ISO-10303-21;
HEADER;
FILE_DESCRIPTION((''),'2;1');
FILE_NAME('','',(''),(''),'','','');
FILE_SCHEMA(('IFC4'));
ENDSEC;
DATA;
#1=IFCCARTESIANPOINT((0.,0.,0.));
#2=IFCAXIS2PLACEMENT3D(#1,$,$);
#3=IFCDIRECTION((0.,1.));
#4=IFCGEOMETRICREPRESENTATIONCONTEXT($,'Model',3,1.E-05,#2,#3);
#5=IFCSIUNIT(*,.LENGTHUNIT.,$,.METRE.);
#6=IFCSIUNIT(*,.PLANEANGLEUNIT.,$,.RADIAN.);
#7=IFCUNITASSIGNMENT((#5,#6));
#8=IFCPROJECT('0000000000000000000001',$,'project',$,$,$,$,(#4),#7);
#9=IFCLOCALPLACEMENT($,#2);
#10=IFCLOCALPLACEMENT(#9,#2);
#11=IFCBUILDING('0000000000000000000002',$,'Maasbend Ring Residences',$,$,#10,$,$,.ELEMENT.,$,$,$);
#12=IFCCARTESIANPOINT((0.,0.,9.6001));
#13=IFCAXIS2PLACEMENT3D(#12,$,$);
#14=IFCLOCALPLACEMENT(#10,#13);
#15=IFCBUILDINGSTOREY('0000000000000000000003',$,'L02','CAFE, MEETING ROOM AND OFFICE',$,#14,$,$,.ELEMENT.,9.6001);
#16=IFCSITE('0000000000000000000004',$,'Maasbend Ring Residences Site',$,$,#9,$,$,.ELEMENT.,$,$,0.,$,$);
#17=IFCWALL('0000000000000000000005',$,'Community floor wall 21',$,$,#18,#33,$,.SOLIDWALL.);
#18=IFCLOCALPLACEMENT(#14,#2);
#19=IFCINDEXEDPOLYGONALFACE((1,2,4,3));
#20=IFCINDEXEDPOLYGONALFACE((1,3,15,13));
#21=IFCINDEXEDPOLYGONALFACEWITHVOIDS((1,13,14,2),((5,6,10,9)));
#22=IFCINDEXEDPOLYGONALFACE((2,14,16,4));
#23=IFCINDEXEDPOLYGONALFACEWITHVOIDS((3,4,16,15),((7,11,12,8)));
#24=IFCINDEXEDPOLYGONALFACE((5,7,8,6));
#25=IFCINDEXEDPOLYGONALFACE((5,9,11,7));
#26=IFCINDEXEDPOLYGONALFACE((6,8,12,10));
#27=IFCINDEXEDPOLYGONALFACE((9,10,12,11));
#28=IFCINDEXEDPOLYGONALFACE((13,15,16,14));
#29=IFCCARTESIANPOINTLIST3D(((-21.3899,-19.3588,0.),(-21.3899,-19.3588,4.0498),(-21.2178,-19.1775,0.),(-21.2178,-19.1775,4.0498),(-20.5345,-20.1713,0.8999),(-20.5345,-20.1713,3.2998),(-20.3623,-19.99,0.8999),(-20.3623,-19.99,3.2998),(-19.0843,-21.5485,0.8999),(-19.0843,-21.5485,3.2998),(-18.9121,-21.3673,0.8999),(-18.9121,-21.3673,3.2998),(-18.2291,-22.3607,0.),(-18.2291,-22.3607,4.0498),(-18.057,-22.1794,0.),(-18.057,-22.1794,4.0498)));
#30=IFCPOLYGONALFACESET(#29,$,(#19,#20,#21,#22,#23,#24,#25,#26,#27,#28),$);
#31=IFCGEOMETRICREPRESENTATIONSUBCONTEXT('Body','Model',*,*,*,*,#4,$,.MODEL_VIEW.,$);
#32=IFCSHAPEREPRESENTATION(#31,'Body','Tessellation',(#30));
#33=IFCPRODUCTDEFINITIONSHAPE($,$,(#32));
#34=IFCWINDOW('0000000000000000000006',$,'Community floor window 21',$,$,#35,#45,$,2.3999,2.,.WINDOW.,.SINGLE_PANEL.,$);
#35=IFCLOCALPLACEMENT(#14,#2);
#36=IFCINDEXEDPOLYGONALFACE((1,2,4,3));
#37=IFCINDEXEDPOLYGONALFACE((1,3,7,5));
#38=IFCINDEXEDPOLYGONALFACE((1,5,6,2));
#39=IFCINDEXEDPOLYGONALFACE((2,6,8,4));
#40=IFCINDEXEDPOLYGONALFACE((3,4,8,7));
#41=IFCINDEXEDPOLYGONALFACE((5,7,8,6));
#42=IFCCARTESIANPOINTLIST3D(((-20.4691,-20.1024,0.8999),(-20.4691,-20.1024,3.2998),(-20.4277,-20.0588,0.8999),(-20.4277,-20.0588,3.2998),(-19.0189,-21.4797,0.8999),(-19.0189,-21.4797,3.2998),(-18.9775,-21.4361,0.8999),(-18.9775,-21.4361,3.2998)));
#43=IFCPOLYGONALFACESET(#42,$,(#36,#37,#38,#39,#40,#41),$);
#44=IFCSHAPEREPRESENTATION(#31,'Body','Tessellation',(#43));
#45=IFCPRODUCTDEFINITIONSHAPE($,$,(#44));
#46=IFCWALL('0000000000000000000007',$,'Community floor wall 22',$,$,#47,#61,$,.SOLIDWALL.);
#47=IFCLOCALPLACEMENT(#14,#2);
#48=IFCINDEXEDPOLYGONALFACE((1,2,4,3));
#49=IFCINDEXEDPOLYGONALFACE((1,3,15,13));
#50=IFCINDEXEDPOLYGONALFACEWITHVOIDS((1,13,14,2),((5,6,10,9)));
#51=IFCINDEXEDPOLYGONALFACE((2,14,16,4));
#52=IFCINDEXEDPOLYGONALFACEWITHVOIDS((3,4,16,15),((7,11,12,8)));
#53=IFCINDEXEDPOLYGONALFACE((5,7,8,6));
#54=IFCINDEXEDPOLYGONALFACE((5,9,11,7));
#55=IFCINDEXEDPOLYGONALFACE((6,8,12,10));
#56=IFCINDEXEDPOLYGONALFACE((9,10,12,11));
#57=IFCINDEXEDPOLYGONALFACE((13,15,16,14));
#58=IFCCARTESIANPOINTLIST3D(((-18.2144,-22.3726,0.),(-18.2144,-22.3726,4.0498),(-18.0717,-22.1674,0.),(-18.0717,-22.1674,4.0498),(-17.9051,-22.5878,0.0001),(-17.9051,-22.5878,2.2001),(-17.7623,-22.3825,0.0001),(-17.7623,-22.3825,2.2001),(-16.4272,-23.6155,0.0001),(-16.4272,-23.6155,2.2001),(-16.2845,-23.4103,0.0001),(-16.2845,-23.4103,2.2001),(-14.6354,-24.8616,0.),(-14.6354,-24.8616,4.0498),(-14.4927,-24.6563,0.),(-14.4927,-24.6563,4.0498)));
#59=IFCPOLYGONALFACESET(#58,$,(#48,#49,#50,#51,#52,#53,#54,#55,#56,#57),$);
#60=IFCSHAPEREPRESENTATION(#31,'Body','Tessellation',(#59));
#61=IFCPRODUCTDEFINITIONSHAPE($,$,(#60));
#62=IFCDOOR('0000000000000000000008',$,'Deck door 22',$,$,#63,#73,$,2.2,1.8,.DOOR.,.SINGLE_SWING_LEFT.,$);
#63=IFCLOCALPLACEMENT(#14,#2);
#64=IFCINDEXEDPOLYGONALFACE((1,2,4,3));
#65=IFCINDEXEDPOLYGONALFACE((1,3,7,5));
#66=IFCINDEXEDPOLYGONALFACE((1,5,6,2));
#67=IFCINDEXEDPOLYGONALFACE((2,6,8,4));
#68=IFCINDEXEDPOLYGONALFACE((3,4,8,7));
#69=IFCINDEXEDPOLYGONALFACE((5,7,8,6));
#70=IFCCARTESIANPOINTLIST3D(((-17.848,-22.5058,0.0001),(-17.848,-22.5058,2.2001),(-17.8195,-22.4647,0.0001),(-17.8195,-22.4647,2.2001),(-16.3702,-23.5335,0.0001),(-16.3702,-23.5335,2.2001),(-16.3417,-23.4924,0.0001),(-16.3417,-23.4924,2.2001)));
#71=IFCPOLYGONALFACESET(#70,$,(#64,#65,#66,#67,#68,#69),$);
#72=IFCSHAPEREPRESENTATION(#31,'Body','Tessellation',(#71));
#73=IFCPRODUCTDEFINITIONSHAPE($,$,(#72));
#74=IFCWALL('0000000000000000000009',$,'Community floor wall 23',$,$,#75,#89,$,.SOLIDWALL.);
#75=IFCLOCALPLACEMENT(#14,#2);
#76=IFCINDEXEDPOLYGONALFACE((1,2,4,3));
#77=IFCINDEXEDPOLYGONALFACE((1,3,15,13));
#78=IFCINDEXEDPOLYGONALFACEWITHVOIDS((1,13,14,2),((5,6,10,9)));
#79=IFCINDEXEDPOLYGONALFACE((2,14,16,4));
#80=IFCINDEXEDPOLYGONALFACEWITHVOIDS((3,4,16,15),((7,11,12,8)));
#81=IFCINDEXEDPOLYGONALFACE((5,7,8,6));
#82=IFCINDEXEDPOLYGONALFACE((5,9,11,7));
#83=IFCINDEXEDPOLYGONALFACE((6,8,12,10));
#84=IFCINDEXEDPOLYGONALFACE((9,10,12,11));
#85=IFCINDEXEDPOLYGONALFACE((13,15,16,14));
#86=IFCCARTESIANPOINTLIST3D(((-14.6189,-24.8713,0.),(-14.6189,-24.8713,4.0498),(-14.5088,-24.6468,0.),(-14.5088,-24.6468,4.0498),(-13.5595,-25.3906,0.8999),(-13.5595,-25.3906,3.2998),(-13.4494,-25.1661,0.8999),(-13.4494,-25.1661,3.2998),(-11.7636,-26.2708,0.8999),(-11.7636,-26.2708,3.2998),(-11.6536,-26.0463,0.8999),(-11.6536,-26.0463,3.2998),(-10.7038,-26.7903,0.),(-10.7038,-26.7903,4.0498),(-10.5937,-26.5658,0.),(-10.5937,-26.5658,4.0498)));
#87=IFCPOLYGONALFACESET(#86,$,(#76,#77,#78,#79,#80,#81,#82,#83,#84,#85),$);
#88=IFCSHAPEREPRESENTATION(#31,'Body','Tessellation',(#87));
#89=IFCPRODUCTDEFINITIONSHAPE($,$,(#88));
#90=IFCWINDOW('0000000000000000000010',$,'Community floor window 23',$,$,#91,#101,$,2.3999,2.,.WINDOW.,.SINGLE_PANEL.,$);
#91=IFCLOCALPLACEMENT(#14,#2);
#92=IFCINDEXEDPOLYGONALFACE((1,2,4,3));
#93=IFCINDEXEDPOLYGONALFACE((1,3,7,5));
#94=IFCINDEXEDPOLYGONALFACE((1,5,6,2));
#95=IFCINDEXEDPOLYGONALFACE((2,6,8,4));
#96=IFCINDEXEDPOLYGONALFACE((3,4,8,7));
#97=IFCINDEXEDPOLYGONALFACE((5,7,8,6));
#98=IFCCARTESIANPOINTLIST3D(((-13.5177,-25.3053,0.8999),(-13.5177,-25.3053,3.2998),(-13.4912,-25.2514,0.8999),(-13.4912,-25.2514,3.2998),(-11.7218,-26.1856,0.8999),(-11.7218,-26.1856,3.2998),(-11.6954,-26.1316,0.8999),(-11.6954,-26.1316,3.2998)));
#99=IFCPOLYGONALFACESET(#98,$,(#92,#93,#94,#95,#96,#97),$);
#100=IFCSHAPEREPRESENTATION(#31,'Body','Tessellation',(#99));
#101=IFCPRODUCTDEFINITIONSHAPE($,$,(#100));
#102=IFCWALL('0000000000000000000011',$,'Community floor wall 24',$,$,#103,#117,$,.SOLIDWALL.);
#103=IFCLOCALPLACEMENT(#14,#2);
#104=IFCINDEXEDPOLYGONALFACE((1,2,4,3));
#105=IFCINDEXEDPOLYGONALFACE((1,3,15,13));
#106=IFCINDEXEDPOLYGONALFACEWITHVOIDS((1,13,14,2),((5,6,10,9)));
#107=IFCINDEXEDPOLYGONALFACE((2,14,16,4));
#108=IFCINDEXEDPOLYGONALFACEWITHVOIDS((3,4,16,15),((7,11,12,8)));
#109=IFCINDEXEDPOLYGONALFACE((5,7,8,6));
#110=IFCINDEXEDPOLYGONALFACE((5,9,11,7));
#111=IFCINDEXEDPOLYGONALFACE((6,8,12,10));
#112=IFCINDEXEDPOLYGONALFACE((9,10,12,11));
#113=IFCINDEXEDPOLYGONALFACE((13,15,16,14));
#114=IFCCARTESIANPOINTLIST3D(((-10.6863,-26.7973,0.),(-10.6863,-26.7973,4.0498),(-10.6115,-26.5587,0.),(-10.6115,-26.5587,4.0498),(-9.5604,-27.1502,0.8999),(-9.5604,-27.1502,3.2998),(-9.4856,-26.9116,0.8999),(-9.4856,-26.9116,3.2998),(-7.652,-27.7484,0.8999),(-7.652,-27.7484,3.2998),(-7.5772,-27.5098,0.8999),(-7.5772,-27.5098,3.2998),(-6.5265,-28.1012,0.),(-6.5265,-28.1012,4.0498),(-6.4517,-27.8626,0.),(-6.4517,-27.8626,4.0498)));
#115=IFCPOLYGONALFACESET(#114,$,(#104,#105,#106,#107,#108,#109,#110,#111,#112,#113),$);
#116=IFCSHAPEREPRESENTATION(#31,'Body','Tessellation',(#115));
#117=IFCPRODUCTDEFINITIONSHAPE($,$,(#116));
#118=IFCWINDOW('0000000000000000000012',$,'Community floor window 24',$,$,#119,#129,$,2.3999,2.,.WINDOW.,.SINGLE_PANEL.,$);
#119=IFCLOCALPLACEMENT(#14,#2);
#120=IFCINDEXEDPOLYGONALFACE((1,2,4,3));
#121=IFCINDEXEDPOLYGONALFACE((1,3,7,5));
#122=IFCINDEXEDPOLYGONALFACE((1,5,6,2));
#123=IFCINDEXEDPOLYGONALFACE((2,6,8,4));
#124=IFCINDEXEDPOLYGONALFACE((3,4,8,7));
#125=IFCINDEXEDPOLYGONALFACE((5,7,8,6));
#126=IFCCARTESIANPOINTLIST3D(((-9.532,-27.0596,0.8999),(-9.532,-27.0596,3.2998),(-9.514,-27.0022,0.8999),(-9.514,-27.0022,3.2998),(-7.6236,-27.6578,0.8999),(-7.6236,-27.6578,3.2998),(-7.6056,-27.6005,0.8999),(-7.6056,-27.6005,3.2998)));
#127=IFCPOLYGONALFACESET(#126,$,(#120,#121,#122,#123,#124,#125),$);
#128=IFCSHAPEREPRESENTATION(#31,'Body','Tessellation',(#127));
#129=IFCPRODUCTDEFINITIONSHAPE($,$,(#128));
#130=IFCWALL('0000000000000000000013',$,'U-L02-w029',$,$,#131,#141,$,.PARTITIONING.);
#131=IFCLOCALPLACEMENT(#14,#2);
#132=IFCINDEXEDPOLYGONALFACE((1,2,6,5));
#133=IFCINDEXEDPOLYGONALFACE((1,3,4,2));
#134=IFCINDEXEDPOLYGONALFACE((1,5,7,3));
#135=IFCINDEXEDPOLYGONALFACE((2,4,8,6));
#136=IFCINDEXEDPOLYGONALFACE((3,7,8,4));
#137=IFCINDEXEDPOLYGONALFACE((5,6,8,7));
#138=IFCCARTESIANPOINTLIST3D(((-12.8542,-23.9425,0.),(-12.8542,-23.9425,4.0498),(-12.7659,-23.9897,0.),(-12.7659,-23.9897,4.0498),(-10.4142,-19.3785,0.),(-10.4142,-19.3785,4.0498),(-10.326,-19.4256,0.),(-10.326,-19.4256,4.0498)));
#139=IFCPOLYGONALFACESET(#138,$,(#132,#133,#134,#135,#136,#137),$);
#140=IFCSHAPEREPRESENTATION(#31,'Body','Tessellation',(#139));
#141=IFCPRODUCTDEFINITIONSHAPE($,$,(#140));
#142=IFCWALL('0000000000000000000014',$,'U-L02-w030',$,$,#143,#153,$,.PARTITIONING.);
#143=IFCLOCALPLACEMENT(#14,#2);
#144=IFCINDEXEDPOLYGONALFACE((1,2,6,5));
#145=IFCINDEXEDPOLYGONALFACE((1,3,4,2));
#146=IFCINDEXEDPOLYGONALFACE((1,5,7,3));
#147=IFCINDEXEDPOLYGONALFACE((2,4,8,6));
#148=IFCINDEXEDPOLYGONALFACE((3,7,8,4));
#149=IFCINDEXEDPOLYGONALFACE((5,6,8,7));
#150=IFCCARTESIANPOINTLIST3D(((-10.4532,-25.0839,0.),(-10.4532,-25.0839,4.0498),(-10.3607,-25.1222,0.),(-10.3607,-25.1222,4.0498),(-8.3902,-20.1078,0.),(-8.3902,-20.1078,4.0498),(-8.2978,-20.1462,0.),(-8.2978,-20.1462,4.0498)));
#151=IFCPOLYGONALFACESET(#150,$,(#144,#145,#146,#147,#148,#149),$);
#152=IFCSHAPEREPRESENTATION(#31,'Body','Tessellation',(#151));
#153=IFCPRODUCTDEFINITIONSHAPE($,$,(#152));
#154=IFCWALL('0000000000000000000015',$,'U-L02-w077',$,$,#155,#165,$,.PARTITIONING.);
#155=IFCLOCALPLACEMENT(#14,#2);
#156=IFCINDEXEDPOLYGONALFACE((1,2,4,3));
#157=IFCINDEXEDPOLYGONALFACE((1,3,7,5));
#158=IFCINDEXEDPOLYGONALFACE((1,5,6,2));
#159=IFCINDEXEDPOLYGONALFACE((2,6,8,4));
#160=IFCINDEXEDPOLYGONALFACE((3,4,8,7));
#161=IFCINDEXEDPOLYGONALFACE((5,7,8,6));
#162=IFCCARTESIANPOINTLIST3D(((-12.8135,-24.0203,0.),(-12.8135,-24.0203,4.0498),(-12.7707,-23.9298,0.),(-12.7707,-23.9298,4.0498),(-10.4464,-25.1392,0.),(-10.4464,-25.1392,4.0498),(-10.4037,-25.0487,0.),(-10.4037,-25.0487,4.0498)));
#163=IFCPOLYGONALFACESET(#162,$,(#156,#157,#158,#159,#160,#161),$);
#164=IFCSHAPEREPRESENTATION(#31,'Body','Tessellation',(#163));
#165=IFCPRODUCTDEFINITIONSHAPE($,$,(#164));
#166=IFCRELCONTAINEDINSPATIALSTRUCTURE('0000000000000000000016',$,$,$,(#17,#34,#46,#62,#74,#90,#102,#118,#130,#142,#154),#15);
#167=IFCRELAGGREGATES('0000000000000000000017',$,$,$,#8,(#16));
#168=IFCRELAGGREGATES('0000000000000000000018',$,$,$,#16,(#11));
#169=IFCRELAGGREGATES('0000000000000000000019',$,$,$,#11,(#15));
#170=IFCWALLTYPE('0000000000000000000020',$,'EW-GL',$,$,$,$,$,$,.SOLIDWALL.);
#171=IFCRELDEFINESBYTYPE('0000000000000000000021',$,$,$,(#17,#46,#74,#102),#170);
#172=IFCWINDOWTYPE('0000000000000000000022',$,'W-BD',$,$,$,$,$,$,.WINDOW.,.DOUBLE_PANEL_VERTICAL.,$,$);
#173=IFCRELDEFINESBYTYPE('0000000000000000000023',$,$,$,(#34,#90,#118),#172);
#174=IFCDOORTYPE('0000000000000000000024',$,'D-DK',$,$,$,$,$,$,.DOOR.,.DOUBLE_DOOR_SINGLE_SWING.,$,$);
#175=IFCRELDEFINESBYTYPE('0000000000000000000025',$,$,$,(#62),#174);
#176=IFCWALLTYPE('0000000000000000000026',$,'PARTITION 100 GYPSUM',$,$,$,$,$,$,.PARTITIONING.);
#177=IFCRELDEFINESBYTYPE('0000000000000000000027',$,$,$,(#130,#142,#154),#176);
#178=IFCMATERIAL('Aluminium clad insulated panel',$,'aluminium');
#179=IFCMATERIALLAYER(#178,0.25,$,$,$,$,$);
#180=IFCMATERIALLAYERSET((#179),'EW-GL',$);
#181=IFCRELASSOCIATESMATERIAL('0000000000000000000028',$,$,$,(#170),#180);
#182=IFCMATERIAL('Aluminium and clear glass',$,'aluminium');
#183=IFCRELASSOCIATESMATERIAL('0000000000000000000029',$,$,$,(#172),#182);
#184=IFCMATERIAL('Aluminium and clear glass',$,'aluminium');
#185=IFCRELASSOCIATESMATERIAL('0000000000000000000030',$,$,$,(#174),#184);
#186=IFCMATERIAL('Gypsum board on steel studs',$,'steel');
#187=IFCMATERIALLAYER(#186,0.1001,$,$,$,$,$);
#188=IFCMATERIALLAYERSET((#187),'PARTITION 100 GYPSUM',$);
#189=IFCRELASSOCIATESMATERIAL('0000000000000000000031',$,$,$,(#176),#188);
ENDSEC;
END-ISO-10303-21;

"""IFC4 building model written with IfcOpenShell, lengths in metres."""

from ifc_helpers import new_model, si_unit, direction, frame, frame_2d, origin, place, context, subcontext, project, spatial, rectangle, extrude, material, layer, layer_set, type_object, element, fill, save


model = new_model("IFC4")

# Units and contexts
model_context = context("Model", 3, precision=1e-05, world=origin(), true_north=direction((0.0, 1.0)))
body_context = subcontext(model_context, "Body", "Model", "MODEL_VIEW")
ifc_project = project(units=[si_unit("LENGTHUNIT", "METRE"), si_unit("PLANEANGLEUNIT", "RADIAN")], contexts=[model_context])

# Site, building, storey
site_placement = place(None, origin())
site = spatial("IfcSite", under=ifc_project, at=site_placement, Name="Maasbend Ring Residences Site", CompositionType="ELEMENT", RefElevation=0.0)
building_placement = place(site_placement, origin())
building = spatial("IfcBuilding", under=site, at=building_placement, Name="Maasbend Ring Residences", CompositionType="ELEMENT")
storey_placement = place(building_placement, frame((0.0, 0.0, 9.6001)))
storey = spatial("IfcBuildingStorey", under=building, at=storey_placement, Name="L02", Description="CAFE, MEETING ROOM AND OFFICE", CompositionType="ELEMENT", Elevation=9.6001)

# Wall, opening, window
ifc_material_1 = material(Name="Aluminium clad insulated panel", Category="aluminium")
ifc_layer_1 = layer(ifc_material_1, 0.25)
ifc_layer_set_1 = layer_set([ifc_layer_1], Name="EW-GL")
wall_type_1 = type_object("IfcWallType", Name="EW-GL", PredefinedType="SOLIDWALL", material=ifc_layer_set_1)
ifc_material_2 = material(Name="Aluminium and clear glass", Category="aluminium")
window_type = type_object("IfcWindowType", Name="W-BD", PartitioningType="DOUBLE_PANEL_VERTICAL", PredefinedType="WINDOW", material=ifc_material_2)
wall_1_placement = place(storey_placement, frame((-21.304, -19.2681, 0.0), z_axis=(0.0, 0.0, 1.0), x_axis=(0.725102, -0.688642, 0.0)))
wall_1 = element("IfcWall", 1, at=wall_1_placement, inside=storey, type_object=wall_type_1, Name="Community floor wall 21", PredefinedType="SOLIDWALL", context=body_context, shape_type="SweptSolid", body=[
    extrude(rectangle(XDim=4.3591, YDim=0.25, at=frame_2d((2.1797, 0.0))), origin(), (0.0, 0.0, 1.0), 4.0498),
])
opening_1_placement = place(wall_1_placement, frame((1.1799, 0.0, 0.8999)))
opening_1 = element("IfcOpeningElement", 2, at=opening_1_placement, cuts=wall_1, PredefinedType="OPENING", context=body_context, shape_type="SweptSolid", body=[
    extrude(rectangle(XDim=2.0, YDim=2.3999, at=frame_2d((1.0, 1.2))), frame((0.0, 0.135, 0.0), z_axis=(0.0, -1.0, 0.0), x_axis=(1.0, 0.0, 0.0)), (0.0, 0.0, 1.0), 0.27),
])
window_1_placement = place(opening_1_placement, origin())
window_1 = element("IfcWindow", 3, at=window_1_placement, inside=storey, type_object=window_type, Name="Community floor window 21", OverallHeight=2.3999, OverallWidth=2.0, PartitioningType="SINGLE_PANEL", PredefinedType="WINDOW", context=body_context, shape_type="SweptSolid", body=[
    extrude(rectangle(XDim=2.0, YDim=2.3999, at=frame_2d((1.0, 1.2))), frame((0.0, 0.03, 0.0), z_axis=(0.0, -1.0, 0.0), x_axis=(1.0, 0.0, 0.0)), (0.0, 0.0, 1.0), 0.0601),
])
fill(opening_1, window_1)

# Wall, opening, door
wall_2_placement = place(storey_placement, frame((-18.1431, -22.27, 0.0), z_axis=(0.0, 0.0, 1.0), x_axis=(0.820991, -0.570941, 0.0)))
wall_2 = element("IfcWall", 4, at=wall_2_placement, inside=storey, type_object=wall_type_1, Name="Community floor wall 22", PredefinedType="SOLIDWALL", context=body_context, shape_type="SweptSolid", body=[
    extrude(rectangle(XDim=4.3594, YDim=0.25, at=frame_2d((2.1797, 0.0))), origin(), (0.0, 0.0, 1.0), 4.0498),
])
opening_2_placement = place(wall_2_placement, frame((0.377, 0.0, 0.0)))
opening_2 = element("IfcOpeningElement", 5, at=opening_2_placement, cuts=wall_2, PredefinedType="OPENING", context=body_context, shape_type="SweptSolid", body=[
    extrude(rectangle(XDim=1.8, YDim=2.2, at=frame_2d((0.8999, 1.1001))), frame((0.0, 0.135, 0.0), z_axis=(0.0, -1.0, 0.0), x_axis=(1.0, 0.0, 0.0)), (0.0, 0.0, 1.0), 0.27),
])
ifc_material_3 = material(Name="Aluminium and clear glass", Category="aluminium")
door_type_1 = type_object("IfcDoorType", Name="D-DK", OperationType="DOUBLE_DOOR_SINGLE_SWING", PredefinedType="DOOR", material=ifc_material_3)
door_1_placement = place(opening_2_placement, origin())
door_1 = element("IfcDoor", 6, at=door_1_placement, inside=storey, type_object=door_type_1, Name="Deck door 22", OperationType="SINGLE_SWING_LEFT", OverallHeight=2.2, OverallWidth=1.8, PredefinedType="DOOR", context=body_context, shape_type="SweptSolid", body=[
    extrude(rectangle(XDim=1.8, YDim=2.2, at=frame_2d((0.8999, 1.1001))), frame((0.0, 0.0249, 0.0), z_axis=(0.0, -1.0, 0.0), x_axis=(1.0, 0.0, 0.0)), (0.0, 0.0, 1.0), 0.05),
])
fill(opening_2, door_1)

# Walls, openings, windows
wall_3_placement = place(storey_placement, frame((-14.564, -24.759, 0.0), z_axis=(0.0, 0.0, 1.0), x_axis=(0.897938, -0.440122, 0.0)))
wall_3 = element("IfcWall", 7, at=wall_3_placement, inside=storey, type_object=wall_type_1, Name="Community floor wall 23", PredefinedType="SOLIDWALL", context=body_context, shape_type="SweptSolid", body=[
    extrude(rectangle(XDim=4.3601, YDim=0.25, at=frame_2d((2.1802, 0.0))), origin(), (0.0, 0.0, 1.0), 4.0498),
])
opening_3_placement = place(wall_3_placement, frame((1.1799, 0.0, 0.8999)))
opening_3 = element("IfcOpeningElement", 8, at=opening_3_placement, cuts=wall_3, PredefinedType="OPENING", context=body_context, shape_type="SweptSolid", body=[
    extrude(rectangle(XDim=2.0, YDim=2.3999, at=frame_2d((1.0, 1.2))), frame((0.0, 0.135, 0.0), z_axis=(0.0, -1.0, 0.0), x_axis=(1.0, 0.0, 0.0)), (0.0, 0.0, 1.0), 0.27),
])
window_2_placement = place(opening_3_placement, origin())
window_2 = element("IfcWindow", 9, at=window_2_placement, inside=storey, type_object=window_type, Name="Community floor window 23", OverallHeight=2.3999, OverallWidth=2.0, PartitioningType="SINGLE_PANEL", PredefinedType="WINDOW", context=body_context, shape_type="SweptSolid", body=[
    extrude(rectangle(XDim=2.0, YDim=2.3999, at=frame_2d((1.0, 1.2))), frame((0.0, 0.03, 0.0), z_axis=(0.0, -1.0, 0.0), x_axis=(1.0, 0.0, 0.0)), (0.0, 0.0, 1.0), 0.0601),
])
fill(opening_3, window_2)
wall_4_placement = place(storey_placement, frame((-10.6489, -26.678, 0.0), z_axis=(0.0, 0.0, 1.0), x_axis=(0.95422, -0.299107, 0.0)))
wall_4 = element("IfcWall", 10, at=wall_4_placement, inside=storey, type_object=wall_type_1, Name="Community floor wall 24", PredefinedType="SOLIDWALL", context=body_context, shape_type="SweptSolid", body=[
    extrude(rectangle(XDim=4.3594, YDim=0.25, at=frame_2d((2.1797, 0.0))), origin(), (0.0, 0.0, 1.0), 4.0498),
])
opening_4_placement = place(wall_4_placement, frame((1.1799, 0.0, 0.8999)))
opening_4 = element("IfcOpeningElement", 11, at=opening_4_placement, cuts=wall_4, PredefinedType="OPENING", context=body_context, shape_type="SweptSolid", body=[
    extrude(rectangle(XDim=2.0, YDim=2.3999, at=frame_2d((1.0, 1.2))), frame((0.0, 0.135, 0.0), z_axis=(0.0, -1.0, 0.0), x_axis=(1.0, 0.0, 0.0)), (0.0, 0.0, 1.0), 0.27),
])
window_3_placement = place(opening_4_placement, origin())
window_3 = element("IfcWindow", 12, at=window_3_placement, inside=storey, type_object=window_type, Name="Community floor window 24", OverallHeight=2.3999, OverallWidth=2.0, PartitioningType="SINGLE_PANEL", PredefinedType="WINDOW", context=body_context, shape_type="SweptSolid", body=[
    extrude(rectangle(XDim=2.0, YDim=2.3999, at=frame_2d((1.0, 1.2))), frame((0.0, 0.03, 0.0), z_axis=(0.0, -1.0, 0.0), x_axis=(1.0, 0.0, 0.0)), (0.0, 0.0, 1.0), 0.0601),
])
fill(opening_4, window_3)

# Walls
ifc_material_4 = material(Name="Gypsum board on steel studs", Category="steel")
ifc_layer_2 = layer(ifc_material_4, 0.1001)
ifc_layer_set_2 = layer_set([ifc_layer_2], Name="PARTITION 100 GYPSUM")
wall_type_2 = type_object("IfcWallType", Name="PARTITION 100 GYPSUM", PredefinedType="PARTITIONING", material=ifc_layer_set_2)
wall_5_placement = place(storey_placement, frame((-12.8101, -23.9661, 0.0), z_axis=(0.0, 0.0, 1.0), x_axis=(0.471465, 0.881885, 0.0)))
element("IfcWall", 13, at=wall_5_placement, inside=storey, type_object=wall_type_2, Name="U-L02-w029", PredefinedType="PARTITIONING", context=body_context, shape_type="SweptSolid", body=[
    extrude(rectangle(XDim=5.1753, YDim=0.1001, at=frame_2d((2.5876, 0.0))), origin(), (0.0, 0.0, 1.0), 4.0498),
])
wall_6_placement = place(storey_placement, frame((-10.407, -25.103, 0.0), z_axis=(0.0, 0.0, 1.0), x_axis=(0.382974, 0.923759, 0.0)))
element("IfcWall", 14, at=wall_6_placement, inside=storey, type_object=wall_type_2, Name="U-L02-w030", PredefinedType="PARTITIONING", context=body_context, shape_type="SweptSolid", body=[
    extrude(rectangle(XDim=5.3867, YDim=0.1001, at=frame_2d((2.6934, 0.0))), origin(), (0.0, 0.0, 1.0), 4.0498),
])
wall_7_placement = place(storey_placement, frame((-10.425, -25.094, 0.0), z_axis=(0.0, 0.0, 1.0), x_axis=(-0.904076, 0.427373, 0.0)))
element("IfcWall", 15, at=wall_7_placement, inside=storey, type_object=wall_type_2, Name="U-L02-w077", PredefinedType="PARTITIONING", context=body_context, shape_type="SweptSolid", body=[
    extrude(rectangle(XDim=2.6182, YDim=0.1001, at=frame_2d((1.3091, 0.0))), origin(), (0.0, 0.0, 1.0), 4.0498),
])

save(model, "model.ifc")
